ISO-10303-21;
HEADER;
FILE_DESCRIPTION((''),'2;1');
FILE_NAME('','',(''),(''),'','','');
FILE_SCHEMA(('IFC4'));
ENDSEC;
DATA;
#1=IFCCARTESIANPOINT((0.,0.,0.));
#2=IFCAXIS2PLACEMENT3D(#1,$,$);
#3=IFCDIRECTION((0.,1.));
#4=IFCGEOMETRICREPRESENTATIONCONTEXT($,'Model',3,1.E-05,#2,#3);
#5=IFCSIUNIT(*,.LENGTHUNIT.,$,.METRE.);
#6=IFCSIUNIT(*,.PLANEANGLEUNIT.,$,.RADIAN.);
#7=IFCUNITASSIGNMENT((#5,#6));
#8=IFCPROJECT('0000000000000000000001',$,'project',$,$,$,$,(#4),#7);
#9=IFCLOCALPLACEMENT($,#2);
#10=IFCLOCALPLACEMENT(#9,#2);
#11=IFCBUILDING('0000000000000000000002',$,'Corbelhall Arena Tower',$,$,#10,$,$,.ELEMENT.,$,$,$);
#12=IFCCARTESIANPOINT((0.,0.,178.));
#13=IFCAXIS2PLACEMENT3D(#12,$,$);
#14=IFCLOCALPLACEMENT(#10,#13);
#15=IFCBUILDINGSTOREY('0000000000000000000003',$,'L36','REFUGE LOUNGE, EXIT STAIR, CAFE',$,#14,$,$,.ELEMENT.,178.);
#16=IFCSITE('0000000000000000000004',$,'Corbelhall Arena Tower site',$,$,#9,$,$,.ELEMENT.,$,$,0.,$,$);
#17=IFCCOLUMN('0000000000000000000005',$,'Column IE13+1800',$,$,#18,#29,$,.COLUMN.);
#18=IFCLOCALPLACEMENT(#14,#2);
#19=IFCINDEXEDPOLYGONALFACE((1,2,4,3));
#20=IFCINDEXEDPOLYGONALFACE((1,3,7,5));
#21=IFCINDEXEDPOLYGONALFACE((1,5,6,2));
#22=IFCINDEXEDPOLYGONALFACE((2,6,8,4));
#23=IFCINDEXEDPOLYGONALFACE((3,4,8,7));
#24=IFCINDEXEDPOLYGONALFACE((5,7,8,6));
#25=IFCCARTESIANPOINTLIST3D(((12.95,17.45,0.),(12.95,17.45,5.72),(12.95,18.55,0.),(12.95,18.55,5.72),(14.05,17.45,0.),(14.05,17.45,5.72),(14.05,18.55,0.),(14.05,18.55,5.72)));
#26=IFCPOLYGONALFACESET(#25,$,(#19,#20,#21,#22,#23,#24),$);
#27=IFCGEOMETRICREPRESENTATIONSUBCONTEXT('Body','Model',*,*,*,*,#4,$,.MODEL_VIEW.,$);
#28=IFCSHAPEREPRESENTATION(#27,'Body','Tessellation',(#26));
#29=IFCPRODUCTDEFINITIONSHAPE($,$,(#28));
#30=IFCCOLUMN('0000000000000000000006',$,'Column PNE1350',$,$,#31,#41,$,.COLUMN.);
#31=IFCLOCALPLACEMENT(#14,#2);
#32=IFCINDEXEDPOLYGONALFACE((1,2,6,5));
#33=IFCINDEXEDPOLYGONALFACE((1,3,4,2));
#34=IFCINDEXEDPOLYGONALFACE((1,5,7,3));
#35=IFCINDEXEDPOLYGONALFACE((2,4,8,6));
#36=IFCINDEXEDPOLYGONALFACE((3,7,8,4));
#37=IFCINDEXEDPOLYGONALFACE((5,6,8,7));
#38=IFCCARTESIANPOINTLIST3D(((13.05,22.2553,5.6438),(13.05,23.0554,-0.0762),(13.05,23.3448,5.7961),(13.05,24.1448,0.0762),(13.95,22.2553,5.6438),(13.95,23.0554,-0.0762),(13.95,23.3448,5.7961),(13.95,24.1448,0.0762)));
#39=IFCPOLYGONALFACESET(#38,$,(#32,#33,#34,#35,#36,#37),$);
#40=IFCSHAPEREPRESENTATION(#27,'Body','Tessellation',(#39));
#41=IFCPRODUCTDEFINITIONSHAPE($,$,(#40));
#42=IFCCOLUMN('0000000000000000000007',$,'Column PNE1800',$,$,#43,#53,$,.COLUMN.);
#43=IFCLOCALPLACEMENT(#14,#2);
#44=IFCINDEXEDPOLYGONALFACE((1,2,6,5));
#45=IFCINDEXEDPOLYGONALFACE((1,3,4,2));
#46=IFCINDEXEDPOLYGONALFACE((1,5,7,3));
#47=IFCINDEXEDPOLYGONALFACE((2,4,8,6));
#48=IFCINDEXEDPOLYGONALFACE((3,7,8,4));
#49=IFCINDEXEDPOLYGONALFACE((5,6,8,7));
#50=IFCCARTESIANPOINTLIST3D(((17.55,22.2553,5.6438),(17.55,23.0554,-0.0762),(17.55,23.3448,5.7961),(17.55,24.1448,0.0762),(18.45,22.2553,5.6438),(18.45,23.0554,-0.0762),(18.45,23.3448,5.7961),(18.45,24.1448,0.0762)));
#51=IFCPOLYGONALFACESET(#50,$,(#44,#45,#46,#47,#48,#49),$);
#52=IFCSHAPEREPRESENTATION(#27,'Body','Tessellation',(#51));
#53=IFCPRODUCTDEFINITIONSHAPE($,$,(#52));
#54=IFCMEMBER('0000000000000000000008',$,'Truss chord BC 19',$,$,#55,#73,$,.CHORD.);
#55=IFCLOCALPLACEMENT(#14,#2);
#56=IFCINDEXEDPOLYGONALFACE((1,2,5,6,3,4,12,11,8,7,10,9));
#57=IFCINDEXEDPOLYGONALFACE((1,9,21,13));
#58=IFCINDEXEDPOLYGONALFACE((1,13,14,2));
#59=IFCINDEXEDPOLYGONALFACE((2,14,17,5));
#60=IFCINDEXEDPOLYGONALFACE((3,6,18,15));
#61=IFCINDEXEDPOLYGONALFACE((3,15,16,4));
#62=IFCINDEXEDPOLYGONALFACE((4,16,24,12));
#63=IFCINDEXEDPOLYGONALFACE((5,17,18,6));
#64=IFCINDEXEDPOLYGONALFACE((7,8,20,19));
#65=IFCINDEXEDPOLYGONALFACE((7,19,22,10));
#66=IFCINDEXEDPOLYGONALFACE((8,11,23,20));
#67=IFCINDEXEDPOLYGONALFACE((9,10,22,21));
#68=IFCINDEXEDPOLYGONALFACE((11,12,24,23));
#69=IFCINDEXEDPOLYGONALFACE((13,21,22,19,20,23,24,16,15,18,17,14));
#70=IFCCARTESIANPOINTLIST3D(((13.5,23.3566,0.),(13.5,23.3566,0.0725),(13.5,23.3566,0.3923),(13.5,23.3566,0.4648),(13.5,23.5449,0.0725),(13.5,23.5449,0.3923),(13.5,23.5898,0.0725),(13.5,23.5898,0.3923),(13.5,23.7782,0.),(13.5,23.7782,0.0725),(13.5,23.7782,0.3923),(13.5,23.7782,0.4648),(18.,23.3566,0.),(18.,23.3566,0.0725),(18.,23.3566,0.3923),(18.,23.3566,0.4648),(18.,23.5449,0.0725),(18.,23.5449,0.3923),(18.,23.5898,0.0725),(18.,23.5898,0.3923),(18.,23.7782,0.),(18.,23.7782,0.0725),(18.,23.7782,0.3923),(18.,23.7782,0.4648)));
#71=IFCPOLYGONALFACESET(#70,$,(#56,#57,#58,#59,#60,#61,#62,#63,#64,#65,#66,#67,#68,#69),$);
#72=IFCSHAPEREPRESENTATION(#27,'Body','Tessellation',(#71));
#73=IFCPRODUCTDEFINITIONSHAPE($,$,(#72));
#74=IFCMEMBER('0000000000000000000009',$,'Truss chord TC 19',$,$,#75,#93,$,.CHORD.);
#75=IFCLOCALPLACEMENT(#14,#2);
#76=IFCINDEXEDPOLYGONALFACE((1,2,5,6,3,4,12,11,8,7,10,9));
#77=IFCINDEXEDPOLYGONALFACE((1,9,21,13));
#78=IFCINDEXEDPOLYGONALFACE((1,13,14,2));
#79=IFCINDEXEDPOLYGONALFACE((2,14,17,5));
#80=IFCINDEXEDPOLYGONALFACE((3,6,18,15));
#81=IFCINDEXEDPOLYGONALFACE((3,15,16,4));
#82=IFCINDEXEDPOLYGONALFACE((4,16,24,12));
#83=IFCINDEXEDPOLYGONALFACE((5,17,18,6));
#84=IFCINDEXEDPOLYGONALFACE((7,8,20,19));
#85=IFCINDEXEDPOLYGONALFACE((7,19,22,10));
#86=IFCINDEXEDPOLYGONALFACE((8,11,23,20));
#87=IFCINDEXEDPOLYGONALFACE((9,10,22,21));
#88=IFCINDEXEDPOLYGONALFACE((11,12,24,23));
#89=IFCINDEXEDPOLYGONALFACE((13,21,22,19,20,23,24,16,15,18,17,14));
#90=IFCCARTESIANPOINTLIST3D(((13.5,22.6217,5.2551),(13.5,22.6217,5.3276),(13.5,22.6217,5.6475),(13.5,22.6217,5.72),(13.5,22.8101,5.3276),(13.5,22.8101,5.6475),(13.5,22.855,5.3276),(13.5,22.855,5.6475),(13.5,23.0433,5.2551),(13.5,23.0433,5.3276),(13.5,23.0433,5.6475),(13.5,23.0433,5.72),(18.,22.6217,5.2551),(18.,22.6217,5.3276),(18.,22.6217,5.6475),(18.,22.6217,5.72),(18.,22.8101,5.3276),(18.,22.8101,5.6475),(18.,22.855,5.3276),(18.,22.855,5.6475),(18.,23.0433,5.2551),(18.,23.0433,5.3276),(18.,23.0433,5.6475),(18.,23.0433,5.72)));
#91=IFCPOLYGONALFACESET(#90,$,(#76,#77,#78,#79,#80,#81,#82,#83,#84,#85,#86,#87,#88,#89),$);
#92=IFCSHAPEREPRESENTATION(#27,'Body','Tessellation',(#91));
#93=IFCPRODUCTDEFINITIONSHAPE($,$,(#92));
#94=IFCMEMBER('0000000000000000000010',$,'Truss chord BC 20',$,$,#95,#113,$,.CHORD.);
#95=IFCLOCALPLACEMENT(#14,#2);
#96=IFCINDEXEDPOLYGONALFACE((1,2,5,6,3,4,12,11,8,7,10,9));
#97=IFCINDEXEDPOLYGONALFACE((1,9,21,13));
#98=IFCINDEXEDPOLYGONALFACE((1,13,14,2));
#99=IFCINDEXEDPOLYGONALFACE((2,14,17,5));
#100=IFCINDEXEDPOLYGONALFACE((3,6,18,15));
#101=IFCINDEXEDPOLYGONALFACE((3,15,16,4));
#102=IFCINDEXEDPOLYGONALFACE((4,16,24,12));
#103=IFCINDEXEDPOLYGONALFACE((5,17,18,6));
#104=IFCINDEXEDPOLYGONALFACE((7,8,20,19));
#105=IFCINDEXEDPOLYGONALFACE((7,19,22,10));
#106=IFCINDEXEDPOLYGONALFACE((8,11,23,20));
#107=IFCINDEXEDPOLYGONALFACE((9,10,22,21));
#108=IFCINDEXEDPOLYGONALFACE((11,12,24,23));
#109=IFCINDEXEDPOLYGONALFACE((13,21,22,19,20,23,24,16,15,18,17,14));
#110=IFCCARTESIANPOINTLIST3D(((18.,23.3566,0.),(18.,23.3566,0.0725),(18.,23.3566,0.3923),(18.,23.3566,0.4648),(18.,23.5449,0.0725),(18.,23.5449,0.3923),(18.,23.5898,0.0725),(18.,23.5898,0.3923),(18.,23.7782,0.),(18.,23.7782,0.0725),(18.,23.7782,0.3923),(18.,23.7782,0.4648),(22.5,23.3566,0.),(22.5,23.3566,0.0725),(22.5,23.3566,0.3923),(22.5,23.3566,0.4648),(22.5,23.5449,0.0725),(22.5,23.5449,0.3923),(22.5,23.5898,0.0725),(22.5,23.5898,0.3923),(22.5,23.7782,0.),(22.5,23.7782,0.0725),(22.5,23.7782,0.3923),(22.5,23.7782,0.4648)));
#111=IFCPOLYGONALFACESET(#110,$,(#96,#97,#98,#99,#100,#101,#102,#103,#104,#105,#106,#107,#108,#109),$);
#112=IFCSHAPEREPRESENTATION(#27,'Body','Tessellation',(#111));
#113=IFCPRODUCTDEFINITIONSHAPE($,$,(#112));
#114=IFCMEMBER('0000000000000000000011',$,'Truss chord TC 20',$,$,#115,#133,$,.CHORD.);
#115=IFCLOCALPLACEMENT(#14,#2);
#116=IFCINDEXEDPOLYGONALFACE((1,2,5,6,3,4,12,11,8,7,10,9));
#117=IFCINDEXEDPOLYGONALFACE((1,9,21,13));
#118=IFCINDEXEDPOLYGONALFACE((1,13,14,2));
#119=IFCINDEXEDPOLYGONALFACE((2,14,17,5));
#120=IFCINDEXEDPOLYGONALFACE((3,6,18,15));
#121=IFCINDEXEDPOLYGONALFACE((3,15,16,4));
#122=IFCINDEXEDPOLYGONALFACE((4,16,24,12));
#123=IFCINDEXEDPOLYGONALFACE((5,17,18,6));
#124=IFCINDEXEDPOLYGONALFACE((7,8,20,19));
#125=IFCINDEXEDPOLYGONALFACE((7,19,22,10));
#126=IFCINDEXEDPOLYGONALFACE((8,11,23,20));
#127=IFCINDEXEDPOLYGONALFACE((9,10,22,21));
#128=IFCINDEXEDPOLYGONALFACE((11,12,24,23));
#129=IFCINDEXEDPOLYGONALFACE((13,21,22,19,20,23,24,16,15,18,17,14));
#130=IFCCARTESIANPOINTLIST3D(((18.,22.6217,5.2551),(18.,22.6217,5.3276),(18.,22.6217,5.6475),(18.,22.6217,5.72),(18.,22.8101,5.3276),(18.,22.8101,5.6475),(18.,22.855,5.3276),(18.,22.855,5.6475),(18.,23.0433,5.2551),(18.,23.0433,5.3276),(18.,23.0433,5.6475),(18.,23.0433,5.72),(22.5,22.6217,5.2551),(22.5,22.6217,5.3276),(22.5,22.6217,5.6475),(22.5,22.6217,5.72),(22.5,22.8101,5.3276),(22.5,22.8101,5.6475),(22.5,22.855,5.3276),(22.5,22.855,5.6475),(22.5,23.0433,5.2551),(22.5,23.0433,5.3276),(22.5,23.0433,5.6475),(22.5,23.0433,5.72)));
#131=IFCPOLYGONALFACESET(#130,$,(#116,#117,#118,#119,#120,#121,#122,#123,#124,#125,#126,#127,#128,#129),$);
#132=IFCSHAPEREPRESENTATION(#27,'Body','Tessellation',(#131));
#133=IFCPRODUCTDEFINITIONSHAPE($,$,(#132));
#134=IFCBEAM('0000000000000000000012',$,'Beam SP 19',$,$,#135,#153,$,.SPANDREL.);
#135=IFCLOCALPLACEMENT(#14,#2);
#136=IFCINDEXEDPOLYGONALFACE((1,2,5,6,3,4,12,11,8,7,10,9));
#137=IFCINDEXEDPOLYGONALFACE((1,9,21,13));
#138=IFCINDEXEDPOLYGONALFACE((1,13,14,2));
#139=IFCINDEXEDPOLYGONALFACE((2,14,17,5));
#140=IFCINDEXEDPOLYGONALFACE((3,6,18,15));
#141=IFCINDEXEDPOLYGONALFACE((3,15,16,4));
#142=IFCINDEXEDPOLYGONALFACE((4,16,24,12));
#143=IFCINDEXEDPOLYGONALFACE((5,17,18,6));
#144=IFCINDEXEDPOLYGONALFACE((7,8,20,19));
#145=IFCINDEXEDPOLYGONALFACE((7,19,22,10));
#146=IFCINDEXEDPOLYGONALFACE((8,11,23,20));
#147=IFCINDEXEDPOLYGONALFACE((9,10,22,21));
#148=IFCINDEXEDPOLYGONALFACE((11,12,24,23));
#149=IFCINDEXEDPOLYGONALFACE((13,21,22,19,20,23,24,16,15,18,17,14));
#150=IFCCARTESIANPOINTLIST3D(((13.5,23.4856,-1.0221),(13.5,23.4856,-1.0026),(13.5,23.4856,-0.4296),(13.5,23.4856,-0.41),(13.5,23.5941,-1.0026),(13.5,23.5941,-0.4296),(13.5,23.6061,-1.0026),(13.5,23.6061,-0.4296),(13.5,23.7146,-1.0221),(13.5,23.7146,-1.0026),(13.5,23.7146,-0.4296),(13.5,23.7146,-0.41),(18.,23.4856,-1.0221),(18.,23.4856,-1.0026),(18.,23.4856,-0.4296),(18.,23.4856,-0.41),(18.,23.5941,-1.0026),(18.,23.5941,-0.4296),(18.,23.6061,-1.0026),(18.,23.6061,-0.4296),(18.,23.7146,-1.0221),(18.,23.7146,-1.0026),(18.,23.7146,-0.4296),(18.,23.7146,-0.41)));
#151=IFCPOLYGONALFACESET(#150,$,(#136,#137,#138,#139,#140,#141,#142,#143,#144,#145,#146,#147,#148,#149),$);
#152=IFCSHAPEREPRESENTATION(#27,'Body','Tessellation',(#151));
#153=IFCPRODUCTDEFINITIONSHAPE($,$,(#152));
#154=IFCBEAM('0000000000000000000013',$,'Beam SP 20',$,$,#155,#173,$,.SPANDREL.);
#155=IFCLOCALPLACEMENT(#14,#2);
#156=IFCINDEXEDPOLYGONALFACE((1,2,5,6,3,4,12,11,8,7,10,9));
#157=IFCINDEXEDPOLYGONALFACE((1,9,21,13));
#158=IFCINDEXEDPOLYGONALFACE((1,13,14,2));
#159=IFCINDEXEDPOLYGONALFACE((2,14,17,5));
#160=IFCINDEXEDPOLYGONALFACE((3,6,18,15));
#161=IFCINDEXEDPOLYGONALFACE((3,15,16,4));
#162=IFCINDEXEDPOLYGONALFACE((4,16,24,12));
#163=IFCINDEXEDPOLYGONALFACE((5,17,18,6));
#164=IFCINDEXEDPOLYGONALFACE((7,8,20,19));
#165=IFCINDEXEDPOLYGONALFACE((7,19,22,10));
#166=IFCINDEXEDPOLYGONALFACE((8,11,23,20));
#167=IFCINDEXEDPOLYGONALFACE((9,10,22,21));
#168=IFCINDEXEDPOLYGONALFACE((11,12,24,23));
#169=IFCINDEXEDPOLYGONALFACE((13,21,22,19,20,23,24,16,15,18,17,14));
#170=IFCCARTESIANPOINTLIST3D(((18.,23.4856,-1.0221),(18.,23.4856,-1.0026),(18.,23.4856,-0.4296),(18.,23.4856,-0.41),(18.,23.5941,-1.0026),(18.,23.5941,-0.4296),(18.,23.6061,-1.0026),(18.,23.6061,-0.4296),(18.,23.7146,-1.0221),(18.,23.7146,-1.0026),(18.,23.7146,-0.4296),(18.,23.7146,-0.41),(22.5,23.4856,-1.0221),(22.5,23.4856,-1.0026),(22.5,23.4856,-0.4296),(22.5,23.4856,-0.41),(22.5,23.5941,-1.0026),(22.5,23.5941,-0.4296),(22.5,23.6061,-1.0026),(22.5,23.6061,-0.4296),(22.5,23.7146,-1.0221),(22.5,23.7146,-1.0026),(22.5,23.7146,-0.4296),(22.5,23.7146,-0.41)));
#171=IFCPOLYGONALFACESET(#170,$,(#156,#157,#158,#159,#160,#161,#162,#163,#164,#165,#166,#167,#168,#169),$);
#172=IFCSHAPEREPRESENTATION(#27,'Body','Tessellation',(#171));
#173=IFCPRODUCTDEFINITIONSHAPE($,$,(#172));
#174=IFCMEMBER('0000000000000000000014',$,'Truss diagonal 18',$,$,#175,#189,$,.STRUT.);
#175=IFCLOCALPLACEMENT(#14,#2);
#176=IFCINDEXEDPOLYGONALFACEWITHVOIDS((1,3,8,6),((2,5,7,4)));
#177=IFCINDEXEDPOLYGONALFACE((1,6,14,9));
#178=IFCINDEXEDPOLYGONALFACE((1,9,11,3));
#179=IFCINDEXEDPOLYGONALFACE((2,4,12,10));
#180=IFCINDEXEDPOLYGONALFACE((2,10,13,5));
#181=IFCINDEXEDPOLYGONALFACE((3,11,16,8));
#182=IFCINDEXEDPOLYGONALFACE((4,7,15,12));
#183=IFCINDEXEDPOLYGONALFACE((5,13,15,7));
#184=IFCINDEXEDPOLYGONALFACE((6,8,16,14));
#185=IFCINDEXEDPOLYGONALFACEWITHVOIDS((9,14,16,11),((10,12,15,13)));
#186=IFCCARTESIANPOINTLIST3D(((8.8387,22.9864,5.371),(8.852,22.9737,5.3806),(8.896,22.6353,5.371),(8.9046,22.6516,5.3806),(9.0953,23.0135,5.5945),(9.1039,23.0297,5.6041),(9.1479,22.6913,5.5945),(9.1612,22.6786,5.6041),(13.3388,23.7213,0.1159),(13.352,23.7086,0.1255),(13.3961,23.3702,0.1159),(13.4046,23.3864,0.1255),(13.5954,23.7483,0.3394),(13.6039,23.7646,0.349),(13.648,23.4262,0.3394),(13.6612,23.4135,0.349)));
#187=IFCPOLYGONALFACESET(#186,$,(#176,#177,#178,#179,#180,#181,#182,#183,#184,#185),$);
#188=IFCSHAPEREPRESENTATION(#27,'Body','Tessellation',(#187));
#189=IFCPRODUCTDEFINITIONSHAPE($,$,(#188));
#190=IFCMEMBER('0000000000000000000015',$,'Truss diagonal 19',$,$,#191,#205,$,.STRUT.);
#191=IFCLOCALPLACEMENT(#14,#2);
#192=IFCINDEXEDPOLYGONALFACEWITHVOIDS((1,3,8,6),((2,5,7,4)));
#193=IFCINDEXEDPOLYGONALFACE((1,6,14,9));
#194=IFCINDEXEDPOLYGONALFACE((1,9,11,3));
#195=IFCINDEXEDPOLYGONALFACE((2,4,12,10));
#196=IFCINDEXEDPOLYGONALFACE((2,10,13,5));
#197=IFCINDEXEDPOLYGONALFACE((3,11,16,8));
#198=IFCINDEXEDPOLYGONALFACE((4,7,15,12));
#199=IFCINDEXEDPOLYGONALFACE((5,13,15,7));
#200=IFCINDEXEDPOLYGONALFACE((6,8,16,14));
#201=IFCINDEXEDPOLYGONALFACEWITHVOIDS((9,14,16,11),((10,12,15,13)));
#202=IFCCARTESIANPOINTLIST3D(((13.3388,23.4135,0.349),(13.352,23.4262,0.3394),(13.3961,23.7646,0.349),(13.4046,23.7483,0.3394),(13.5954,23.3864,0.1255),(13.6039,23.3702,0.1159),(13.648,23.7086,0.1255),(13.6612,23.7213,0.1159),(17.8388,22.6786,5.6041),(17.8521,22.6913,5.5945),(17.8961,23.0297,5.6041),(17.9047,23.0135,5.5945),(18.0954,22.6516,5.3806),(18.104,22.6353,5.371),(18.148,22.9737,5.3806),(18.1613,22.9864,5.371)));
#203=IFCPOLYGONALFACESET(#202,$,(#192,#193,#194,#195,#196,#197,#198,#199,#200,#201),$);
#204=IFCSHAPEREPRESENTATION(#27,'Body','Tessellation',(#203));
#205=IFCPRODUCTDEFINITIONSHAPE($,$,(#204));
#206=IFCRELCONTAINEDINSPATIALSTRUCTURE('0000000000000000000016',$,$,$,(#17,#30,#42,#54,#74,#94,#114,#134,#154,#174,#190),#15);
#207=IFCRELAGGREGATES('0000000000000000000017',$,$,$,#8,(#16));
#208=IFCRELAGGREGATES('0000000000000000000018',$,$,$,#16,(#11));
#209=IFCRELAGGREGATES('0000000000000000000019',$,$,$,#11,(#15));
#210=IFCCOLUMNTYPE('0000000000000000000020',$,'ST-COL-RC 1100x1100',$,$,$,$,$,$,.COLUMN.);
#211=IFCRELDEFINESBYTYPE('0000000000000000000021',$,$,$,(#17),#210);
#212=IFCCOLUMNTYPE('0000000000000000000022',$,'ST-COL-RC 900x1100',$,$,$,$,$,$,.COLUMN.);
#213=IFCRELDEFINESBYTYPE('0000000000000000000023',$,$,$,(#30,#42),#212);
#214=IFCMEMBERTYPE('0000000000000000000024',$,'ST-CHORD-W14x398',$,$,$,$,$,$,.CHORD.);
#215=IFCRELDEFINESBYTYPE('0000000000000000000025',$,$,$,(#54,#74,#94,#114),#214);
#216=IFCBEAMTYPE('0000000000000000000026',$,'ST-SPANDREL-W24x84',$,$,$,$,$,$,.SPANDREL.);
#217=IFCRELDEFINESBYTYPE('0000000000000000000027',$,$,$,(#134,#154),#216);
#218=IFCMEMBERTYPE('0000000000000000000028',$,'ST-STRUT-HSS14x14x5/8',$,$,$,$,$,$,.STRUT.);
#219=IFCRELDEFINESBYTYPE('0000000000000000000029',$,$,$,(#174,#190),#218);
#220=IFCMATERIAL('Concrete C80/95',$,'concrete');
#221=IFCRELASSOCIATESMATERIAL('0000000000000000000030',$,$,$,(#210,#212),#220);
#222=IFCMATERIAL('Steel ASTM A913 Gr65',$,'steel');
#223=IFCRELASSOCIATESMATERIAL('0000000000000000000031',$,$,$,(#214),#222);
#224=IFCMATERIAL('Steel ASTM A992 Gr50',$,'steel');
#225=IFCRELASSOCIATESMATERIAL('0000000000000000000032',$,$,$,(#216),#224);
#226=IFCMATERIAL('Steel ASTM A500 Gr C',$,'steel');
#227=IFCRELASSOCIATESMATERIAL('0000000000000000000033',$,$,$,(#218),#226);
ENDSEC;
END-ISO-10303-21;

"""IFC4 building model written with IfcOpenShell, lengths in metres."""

from ifc_helpers import new_model, si_unit, direction, frame, origin, origin_2d, place, context, subcontext, project, spatial, rectangle, hollow_rectangle, i_section, extrude, material, material_profile, profile_set, type_object, element, save


model = new_model("IFC4")

# Units and contexts
model_context = context("Model", 3, precision=1e-05, world=origin(), true_north=direction((0.0, 1.0)))
body_context = subcontext(model_context, "Body", "Model", "MODEL_VIEW")
ifc_project = project(units=[si_unit("LENGTHUNIT", "METRE"), si_unit("PLANEANGLEUNIT", "RADIAN")], contexts=[model_context])

# Site, building, storey
site_placement = place(None, origin())
site = spatial("IfcSite", under=ifc_project, at=site_placement, Name="Corbelhall Arena Tower site", CompositionType="ELEMENT", RefElevation=0.0)
building_placement = place(site_placement, origin())
building = spatial("IfcBuilding", under=site, at=building_placement, Name="Corbelhall Arena Tower", CompositionType="ELEMENT")
storey_placement = place(building_placement, frame((0.0, 0.0, 178.0)))
storey = spatial("IfcBuildingStorey", under=building, at=storey_placement, Name="L36", Description="REFUGE LOUNGE, EXIT STAIR, CAFE", CompositionType="ELEMENT", Elevation=178.0)

# Columns
ifc_material_1 = material(Name="Concrete C80/95", Category="concrete")
ifc_material_profile_1 = material_profile(ifc_material_1, rectangle(XDim=1.1001, YDim=1.1001, at=origin_2d()))
ifc_profile_set_1 = profile_set([ifc_material_profile_1], Name="Concrete C80/95")
column_type_1 = type_object("IfcColumnType", Name="ST-COL-RC 1100x1100", PredefinedType="COLUMN", material=ifc_profile_set_1)
column_placement = place(storey_placement, frame((13.5, 18.0, 0.0), z_axis=(0.0, 0.0, 1.0), x_axis=(1.0, 0.0, 0.0)))
element("IfcColumn", 1, at=column_placement, inside=storey, type_object=column_type_1, Name="Column IE13+1800", PredefinedType="COLUMN", context=body_context, shape_type="SweptSolid", body=[
    extrude(rectangle(XDim=1.1001, YDim=1.1001, at=origin_2d()), origin(), (0.0, 0.0, 1.0), 5.72),
])
ifc_material_profile_2 = material_profile(ifc_material_1, rectangle(XDim=0.8999, YDim=1.1001, at=origin_2d()))
ifc_profile_set_2 = profile_set([ifc_material_profile_2], Name="Concrete C80/95")
column_type_2 = type_object("IfcColumnType", Name="ST-COL-RC 900x1100", PredefinedType="COLUMN", material=ifc_profile_set_2)
for number, where, z_axis, x_axis, name in (
    (2, (13.5, 23.6001, 0.0), (0.0, -0.138521, 0.990359), (1.0, 0.0, 0.0), "Column PNE1350"),
    (3, (18.0, 23.6001, 0.0), (0.0, -0.138521, 0.990359), (1.0, 0.0, 0.0), "Column PNE1800"),
):
    element("IfcColumn", number, at=place(storey_placement, frame(where, z_axis=z_axis, x_axis=x_axis)), inside=storey, type_object=column_type_2, Name=name, PredefinedType="COLUMN", context=body_context, shape_type="SweptSolid", body=[
        extrude(rectangle(XDim=0.8999, YDim=1.1001, at=origin_2d()), origin(), (0.0, 0.0, 1.0), 5.7756),
    ])

# Members
ifc_material_2 = material(Name="Steel ASTM A913 Gr65", Category="steel")
ifc_material_profile_3 = material_profile(ifc_material_2, i_section(OverallWidth=0.4216, OverallDepth=0.4648, WebThickness=0.0449, FlangeThickness=0.0725, at=origin_2d()))
ifc_profile_set_3 = profile_set([ifc_material_profile_3], Name="Steel ASTM A913 Gr65")
member_type_1 = type_object("IfcMemberType", Name="ST-CHORD-W14x398", PredefinedType="CHORD", material=ifc_profile_set_3)
for number, where, z_axis, x_axis, name in (
    (4, (13.5, 23.5674, 0.2324), (1.0, 0.0, 0.0), (0.0, 1.0, 0.0), "Truss chord BC 19"),
    (5, (13.5, 22.8325, 5.4875), (1.0, 0.0, 0.0), (0.0, 1.0, 0.0), "Truss chord TC 19"),
    (6, (18.0, 23.5674, 0.2324), (1.0, 0.0, 0.0), (0.0, 1.0, 0.0), "Truss chord BC 20"),
    (7, (18.0, 22.8325, 5.4875), (1.0, 0.0, 0.0), (0.0, 1.0, 0.0), "Truss chord TC 20"),
):
    element("IfcMember", number, at=place(storey_placement, frame(where, z_axis=z_axis, x_axis=x_axis)), inside=storey, type_object=member_type_1, Name=name, PredefinedType="CHORD", context=body_context, shape_type="SweptSolid", body=[
        extrude(i_section(OverallWidth=0.4216, OverallDepth=0.4648, WebThickness=0.0449, FlangeThickness=0.0725, at=origin_2d()), origin(), (0.0, 0.0, 1.0), 4.5),
    ])

# Beams
ifc_material_3 = material(Name="Steel ASTM A992 Gr50", Category="steel")
ifc_material_profile_4 = material_profile(ifc_material_3, i_section(OverallWidth=0.229, OverallDepth=0.6121, WebThickness=0.012, FlangeThickness=0.0195, at=origin_2d()))
ifc_profile_set_4 = profile_set([ifc_material_profile_4], Name="Steel ASTM A992 Gr50")
beam_type = type_object("IfcBeamType", Name="ST-SPANDREL-W24x84", PredefinedType="SPANDREL", material=ifc_profile_set_4)
for number, where, z_axis, x_axis, name in (
    (8, (13.5, 23.6001, -0.7161), (1.0, 0.0, 0.0), (0.0, 1.0, 0.0), "Beam SP 19"),
    (9, (18.0, 23.6001, -0.7161), (1.0, 0.0, 0.0), (0.0, 1.0, 0.0), "Beam SP 20"),
):
    element("IfcBeam", number, at=place(storey_placement, frame(where, z_axis=z_axis, x_axis=x_axis)), inside=storey, type_object=beam_type, Name=name, PredefinedType="SPANDREL", context=body_context, shape_type="SweptSolid", body=[
        extrude(i_section(OverallWidth=0.229, OverallDepth=0.6121, WebThickness=0.012, FlangeThickness=0.0195, at=origin_2d()), origin(), (0.0, 0.0, 1.0), 4.5),
    ])

# Members
ifc_material_4 = material(Name="Steel ASTM A500 Gr C", Category="steel")
ifc_material_profile_5 = material_profile(ifc_material_4, hollow_rectangle(XDim=0.3557, YDim=0.3557, WallThickness=0.0146, at=origin_2d()))
ifc_profile_set_5 = profile_set([ifc_material_profile_5], Name="Steel ASTM A500 Gr C")
member_type_2 = type_object("IfcMemberType", Name="ST-STRUT-HSS14x14x5/8", PredefinedType="STRUT", material=ifc_profile_set_5)
for number, where, z_axis, x_axis, name in (
    (10, (13.5, 23.5674, 0.2324), (-0.646787, -0.105622, 0.755322), (0.161168, -0.986927, 0.0), "Truss diagonal 18"),
    (11, (13.5, 23.5674, 0.2324), (0.646787, -0.105622, 0.755322), (0.161168, 0.986927, 0.0), "Truss diagonal 19"),
):
    element("IfcMember", number, at=place(storey_placement, frame(where, z_axis=z_axis, x_axis=x_axis)), inside=storey, type_object=member_type_2, Name=name, PredefinedType="STRUT", context=body_context, shape_type="SweptSolid", body=[
        extrude(hollow_rectangle(XDim=0.3557, YDim=0.3557, WallThickness=0.0146, at=origin_2d()), origin(), (0.0, 0.0, 1.0), 6.9575),
    ])

save(model, "model.ifc")
